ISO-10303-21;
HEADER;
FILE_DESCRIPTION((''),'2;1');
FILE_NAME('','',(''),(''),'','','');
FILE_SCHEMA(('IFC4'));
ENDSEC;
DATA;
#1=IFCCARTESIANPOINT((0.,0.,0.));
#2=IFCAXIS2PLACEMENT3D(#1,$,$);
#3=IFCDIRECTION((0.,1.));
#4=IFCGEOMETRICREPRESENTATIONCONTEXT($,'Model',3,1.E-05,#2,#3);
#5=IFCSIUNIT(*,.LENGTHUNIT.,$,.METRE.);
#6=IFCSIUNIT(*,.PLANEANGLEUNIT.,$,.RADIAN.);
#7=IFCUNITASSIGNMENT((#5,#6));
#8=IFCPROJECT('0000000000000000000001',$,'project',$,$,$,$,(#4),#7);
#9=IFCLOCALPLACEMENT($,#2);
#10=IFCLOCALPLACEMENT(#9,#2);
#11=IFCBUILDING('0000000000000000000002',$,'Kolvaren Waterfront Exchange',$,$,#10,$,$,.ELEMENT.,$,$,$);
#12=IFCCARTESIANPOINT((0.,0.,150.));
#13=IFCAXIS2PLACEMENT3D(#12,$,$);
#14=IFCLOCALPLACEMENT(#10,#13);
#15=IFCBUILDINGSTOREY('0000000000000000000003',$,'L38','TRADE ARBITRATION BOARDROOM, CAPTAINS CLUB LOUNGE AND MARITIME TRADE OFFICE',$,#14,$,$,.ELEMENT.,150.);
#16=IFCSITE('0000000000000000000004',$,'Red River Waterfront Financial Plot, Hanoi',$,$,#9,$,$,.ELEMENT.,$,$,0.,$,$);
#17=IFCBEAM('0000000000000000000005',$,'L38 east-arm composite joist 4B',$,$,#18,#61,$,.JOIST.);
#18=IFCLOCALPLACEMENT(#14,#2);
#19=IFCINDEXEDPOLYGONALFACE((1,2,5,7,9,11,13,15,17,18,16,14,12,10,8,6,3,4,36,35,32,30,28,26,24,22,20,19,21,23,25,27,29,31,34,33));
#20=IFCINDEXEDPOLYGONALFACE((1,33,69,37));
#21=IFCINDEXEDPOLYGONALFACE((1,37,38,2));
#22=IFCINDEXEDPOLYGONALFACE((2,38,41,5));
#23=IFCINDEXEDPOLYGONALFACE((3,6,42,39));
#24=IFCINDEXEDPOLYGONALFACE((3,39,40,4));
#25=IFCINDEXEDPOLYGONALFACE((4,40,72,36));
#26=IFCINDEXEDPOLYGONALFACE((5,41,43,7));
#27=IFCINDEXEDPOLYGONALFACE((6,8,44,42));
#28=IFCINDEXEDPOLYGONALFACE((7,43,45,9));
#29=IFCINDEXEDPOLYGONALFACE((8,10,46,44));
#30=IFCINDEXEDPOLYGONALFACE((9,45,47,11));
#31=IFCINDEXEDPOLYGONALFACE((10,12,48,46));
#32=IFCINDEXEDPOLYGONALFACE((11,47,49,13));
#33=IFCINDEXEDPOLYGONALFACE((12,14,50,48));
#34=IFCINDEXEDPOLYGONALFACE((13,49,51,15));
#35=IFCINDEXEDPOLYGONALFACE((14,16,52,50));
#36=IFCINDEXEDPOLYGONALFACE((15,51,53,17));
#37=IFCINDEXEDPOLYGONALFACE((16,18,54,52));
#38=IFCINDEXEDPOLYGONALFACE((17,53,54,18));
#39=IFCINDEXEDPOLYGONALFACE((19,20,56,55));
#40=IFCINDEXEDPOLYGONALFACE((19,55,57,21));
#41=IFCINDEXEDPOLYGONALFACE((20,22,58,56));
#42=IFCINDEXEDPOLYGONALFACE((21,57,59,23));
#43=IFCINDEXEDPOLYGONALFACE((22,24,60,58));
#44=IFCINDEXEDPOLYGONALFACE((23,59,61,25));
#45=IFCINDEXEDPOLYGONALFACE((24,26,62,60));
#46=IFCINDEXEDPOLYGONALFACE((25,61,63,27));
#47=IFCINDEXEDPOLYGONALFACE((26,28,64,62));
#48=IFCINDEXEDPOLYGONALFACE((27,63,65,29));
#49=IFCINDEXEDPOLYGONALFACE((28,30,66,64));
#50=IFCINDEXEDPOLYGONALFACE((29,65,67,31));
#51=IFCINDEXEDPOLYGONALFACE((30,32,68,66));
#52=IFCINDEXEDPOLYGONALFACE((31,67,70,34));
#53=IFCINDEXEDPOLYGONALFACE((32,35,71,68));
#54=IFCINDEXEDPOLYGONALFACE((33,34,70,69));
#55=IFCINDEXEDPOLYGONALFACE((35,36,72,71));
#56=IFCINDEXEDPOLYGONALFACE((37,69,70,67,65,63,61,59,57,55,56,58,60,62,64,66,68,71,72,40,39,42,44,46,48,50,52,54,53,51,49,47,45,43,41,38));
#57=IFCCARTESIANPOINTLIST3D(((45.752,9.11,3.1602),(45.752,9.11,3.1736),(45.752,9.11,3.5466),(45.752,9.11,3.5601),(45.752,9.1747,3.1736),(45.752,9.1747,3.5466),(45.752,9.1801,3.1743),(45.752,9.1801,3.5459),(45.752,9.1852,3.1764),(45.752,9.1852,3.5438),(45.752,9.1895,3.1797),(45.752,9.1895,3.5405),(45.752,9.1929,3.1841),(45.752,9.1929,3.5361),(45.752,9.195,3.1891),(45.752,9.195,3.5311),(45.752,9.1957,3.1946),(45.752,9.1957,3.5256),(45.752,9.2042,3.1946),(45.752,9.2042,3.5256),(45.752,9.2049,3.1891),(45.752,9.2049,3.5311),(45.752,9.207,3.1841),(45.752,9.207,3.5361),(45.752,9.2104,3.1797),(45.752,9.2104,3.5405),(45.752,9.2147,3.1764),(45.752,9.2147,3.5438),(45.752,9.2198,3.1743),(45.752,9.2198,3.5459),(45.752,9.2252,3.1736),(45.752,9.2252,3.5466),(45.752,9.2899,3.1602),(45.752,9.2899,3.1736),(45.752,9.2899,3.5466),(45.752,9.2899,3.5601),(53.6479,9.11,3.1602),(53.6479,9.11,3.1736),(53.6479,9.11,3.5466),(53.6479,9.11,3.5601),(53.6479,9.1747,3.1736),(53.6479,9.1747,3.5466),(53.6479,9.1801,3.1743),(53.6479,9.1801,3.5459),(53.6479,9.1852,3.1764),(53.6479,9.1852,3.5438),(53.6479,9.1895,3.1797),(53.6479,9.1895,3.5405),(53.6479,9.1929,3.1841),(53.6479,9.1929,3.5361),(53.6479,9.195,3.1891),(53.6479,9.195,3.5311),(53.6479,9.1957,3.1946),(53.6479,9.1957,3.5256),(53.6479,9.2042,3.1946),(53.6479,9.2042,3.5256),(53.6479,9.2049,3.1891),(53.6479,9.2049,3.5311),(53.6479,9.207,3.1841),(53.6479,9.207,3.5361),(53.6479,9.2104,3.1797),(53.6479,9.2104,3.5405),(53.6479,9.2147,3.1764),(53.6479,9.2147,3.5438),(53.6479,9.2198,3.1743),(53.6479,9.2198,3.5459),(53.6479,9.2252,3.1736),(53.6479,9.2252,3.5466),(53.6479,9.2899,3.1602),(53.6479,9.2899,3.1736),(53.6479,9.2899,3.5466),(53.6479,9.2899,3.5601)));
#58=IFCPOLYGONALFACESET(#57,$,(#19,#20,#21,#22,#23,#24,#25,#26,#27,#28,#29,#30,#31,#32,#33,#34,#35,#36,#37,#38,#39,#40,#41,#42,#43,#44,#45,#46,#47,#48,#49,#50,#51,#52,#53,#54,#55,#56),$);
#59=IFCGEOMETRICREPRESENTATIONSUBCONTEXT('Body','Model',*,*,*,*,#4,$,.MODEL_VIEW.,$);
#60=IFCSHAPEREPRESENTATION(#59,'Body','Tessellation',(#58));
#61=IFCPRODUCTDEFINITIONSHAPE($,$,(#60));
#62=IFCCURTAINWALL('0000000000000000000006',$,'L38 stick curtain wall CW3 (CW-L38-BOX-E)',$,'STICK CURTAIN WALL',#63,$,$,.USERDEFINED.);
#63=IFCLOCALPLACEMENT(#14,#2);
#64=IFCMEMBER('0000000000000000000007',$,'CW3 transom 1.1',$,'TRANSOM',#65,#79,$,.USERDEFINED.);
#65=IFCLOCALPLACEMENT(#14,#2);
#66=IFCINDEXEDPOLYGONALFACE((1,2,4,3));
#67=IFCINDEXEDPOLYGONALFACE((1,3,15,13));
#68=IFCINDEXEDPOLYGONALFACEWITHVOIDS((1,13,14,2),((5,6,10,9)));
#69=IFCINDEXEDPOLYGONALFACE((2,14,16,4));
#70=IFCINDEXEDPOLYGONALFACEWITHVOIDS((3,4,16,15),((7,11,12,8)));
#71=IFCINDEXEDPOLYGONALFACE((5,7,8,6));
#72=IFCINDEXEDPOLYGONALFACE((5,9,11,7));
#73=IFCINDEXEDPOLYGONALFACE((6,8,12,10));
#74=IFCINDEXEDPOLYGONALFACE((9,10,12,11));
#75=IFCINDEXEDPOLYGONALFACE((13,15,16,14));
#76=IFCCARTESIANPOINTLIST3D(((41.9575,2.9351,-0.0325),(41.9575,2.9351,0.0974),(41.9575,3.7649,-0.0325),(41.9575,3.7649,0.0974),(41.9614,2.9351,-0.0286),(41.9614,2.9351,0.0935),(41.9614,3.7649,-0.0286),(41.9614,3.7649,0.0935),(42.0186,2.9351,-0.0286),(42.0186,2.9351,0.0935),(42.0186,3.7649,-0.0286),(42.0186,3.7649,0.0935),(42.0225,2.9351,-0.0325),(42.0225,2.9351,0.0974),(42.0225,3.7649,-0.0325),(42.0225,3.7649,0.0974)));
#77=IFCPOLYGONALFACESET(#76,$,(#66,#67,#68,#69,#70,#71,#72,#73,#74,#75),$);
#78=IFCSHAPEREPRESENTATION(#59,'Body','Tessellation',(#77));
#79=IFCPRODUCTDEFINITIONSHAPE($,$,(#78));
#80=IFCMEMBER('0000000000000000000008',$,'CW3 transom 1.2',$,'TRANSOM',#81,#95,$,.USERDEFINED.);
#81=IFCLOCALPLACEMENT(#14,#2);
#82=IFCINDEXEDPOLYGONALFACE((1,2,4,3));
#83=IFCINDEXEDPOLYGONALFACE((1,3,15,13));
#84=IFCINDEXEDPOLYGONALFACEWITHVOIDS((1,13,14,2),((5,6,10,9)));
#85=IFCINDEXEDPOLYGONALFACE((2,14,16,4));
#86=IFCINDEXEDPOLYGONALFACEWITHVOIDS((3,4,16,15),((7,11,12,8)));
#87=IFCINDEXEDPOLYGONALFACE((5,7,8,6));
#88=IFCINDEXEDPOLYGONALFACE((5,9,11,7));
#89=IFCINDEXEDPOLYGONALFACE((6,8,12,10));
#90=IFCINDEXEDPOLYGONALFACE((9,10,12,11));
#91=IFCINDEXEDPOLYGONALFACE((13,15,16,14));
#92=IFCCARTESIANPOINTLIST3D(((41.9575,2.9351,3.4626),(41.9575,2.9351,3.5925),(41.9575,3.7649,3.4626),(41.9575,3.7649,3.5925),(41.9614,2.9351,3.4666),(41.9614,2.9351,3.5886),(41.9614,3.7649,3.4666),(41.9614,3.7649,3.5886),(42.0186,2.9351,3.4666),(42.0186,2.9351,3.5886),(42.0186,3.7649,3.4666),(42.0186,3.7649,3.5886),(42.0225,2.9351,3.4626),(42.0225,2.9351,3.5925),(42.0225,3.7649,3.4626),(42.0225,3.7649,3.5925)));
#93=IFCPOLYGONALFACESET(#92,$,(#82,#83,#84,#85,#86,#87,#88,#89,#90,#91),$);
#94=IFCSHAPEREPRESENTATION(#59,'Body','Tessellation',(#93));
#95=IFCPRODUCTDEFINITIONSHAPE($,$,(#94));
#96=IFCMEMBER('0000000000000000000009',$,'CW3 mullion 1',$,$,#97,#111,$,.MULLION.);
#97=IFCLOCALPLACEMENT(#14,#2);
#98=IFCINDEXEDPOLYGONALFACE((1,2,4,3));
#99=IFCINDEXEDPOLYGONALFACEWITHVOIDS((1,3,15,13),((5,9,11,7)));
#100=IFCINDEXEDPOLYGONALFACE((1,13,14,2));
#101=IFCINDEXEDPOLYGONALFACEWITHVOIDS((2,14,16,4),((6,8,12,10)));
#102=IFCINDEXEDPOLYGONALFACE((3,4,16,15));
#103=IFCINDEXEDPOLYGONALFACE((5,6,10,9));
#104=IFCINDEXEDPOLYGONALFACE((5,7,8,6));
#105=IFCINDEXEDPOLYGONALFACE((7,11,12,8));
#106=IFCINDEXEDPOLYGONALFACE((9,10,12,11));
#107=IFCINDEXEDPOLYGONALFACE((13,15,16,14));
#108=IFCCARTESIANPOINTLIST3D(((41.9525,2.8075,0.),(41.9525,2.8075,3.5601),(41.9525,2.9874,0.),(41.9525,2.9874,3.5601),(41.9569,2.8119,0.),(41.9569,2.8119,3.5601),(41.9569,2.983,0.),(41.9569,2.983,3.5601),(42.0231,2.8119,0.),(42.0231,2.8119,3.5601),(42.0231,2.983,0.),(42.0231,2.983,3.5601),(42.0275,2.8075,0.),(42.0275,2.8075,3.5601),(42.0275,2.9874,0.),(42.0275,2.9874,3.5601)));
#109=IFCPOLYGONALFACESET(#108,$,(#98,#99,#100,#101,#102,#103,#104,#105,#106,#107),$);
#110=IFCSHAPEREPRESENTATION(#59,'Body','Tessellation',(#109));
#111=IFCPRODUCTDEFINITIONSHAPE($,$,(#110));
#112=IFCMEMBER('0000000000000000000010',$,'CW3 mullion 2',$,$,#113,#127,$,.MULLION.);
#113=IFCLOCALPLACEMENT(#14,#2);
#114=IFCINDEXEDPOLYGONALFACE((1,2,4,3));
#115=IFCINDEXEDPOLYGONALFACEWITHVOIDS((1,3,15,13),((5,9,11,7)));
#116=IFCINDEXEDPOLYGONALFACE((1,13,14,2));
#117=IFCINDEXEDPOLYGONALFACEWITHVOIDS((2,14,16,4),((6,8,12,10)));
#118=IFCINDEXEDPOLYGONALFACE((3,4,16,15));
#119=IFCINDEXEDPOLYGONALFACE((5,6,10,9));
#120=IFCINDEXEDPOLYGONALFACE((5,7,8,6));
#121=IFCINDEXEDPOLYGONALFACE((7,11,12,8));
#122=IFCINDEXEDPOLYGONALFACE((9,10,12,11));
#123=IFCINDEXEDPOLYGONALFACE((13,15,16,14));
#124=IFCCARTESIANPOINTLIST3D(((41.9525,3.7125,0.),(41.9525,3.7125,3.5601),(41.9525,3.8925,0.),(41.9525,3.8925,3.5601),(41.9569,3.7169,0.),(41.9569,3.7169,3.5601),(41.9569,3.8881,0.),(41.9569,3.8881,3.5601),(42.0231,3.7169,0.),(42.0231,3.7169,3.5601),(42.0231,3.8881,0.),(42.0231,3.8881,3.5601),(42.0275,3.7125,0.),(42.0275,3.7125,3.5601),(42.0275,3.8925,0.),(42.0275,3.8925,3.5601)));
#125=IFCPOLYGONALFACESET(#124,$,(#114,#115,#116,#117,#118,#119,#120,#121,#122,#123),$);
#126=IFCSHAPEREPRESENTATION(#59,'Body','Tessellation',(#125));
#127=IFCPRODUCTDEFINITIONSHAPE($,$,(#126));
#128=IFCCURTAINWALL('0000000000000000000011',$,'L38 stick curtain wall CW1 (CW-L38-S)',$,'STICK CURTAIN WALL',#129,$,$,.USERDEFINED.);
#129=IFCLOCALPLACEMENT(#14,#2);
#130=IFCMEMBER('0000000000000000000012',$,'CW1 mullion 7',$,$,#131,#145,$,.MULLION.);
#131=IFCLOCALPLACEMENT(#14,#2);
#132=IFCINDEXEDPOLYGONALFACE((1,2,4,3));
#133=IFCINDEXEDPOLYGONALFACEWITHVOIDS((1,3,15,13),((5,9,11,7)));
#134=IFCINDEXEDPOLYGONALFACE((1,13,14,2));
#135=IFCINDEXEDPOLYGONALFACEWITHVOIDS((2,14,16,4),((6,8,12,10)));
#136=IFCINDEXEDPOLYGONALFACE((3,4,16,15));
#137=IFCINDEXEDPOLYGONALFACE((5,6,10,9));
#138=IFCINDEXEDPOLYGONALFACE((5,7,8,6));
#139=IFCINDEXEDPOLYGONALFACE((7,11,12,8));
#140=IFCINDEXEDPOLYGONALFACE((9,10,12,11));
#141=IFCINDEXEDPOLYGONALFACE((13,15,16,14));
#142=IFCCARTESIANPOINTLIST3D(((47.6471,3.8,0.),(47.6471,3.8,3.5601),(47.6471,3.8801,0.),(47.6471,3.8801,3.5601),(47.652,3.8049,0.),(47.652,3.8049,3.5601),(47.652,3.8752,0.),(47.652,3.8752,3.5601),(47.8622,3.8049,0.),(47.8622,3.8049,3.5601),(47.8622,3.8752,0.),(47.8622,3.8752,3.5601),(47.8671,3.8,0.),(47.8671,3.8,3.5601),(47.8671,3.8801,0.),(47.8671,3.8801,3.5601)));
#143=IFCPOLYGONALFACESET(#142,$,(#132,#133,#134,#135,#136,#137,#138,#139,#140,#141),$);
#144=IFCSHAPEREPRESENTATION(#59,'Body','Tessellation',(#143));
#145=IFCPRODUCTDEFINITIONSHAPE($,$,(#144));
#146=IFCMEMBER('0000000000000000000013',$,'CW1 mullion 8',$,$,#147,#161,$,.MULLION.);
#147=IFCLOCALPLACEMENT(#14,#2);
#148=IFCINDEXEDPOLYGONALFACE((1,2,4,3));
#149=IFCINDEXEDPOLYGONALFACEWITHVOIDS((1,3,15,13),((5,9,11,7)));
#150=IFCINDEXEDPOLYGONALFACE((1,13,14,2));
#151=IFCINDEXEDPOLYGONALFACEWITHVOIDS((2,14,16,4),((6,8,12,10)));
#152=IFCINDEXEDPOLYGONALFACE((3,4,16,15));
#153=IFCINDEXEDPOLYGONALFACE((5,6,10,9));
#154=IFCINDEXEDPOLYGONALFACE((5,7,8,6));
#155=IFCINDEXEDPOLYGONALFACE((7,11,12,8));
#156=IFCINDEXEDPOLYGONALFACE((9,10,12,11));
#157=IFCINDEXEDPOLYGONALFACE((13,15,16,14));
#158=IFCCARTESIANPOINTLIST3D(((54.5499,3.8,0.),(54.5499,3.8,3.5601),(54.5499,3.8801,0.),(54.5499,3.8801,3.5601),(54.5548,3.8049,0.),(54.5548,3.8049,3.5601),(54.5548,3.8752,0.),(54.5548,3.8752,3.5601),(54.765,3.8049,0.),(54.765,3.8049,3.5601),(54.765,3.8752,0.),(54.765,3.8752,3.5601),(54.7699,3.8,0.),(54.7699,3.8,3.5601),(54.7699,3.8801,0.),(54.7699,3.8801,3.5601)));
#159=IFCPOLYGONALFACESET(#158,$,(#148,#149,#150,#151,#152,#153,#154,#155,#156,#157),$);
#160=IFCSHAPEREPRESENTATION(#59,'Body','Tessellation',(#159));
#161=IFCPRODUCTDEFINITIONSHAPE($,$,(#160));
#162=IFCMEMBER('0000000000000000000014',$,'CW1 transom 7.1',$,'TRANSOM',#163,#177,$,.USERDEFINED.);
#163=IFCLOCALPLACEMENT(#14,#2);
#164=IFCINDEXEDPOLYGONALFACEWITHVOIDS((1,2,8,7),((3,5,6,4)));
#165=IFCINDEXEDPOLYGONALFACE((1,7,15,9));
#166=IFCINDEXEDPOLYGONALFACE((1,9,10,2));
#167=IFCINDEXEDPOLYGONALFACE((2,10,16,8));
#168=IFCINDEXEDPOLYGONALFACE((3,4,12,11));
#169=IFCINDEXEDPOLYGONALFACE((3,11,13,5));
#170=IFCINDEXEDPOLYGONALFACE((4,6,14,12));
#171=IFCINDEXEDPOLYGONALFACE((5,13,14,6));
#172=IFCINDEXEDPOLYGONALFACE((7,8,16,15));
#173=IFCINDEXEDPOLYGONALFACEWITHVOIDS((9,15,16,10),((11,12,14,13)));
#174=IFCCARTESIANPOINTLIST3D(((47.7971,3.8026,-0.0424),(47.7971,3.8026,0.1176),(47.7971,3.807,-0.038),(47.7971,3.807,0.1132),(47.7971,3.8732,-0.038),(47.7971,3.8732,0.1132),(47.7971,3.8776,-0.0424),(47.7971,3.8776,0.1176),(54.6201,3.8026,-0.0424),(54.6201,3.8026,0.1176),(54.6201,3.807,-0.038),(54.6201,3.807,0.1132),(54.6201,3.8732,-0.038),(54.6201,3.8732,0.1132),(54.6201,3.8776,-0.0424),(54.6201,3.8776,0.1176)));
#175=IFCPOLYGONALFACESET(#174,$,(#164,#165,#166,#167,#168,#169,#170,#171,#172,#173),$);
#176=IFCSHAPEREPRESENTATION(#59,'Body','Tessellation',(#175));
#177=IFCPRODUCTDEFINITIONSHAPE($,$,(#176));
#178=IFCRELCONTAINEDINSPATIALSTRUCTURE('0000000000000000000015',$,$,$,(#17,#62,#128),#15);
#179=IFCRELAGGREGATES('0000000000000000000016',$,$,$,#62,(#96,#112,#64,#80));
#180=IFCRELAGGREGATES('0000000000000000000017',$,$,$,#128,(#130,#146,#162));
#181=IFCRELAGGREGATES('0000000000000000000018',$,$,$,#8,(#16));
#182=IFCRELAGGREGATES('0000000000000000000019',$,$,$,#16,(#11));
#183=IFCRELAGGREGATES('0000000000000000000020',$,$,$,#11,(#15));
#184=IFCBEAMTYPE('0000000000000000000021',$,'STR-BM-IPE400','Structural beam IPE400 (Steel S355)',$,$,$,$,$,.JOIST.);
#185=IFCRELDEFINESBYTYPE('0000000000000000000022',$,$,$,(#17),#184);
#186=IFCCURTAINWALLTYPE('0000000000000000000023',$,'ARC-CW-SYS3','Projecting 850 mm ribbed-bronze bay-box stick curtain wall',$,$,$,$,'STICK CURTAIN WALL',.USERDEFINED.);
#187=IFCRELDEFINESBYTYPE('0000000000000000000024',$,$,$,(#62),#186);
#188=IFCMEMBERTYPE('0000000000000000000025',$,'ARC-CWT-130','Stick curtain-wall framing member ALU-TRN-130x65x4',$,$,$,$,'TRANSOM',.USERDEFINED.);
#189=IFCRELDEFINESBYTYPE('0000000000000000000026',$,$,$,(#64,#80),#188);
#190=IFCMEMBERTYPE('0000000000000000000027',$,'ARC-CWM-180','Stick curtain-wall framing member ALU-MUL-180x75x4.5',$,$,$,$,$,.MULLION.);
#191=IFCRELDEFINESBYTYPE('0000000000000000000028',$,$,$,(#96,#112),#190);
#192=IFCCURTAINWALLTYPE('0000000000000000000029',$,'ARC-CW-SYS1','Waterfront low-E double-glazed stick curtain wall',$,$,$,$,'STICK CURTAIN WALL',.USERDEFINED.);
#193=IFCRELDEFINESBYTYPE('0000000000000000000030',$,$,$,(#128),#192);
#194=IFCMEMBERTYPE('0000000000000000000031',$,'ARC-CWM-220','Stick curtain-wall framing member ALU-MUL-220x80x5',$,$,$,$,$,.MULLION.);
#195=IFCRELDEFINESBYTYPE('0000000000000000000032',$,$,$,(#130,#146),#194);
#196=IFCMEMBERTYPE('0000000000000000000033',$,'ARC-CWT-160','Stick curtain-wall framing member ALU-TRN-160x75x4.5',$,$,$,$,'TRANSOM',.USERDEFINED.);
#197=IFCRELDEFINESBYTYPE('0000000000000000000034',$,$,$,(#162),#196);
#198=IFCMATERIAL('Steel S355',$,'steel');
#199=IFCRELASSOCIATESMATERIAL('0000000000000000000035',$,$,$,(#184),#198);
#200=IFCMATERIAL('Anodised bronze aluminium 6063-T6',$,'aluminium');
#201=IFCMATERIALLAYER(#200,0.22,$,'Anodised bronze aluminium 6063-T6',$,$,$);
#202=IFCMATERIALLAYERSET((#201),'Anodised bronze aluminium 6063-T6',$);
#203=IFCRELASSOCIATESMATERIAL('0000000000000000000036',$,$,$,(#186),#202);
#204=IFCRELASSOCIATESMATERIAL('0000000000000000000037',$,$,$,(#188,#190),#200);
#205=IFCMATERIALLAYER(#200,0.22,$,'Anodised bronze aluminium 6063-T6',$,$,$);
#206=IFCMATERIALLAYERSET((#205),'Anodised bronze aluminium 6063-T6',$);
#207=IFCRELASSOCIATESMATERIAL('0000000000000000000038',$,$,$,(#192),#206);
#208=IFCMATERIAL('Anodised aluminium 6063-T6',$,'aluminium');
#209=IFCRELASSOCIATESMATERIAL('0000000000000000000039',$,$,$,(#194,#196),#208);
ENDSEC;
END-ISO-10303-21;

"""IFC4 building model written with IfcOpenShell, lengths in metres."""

from ifc_helpers import new_model, si_unit, direction, frame, origin, origin_with_axes, origin_2d, place, context, subcontext, project, spatial, hollow_rectangle, i_section, extrude, source, transform, mapped, material, layer, layer_set, material_profile, profile_set, type_object, element, aggregate, save


model = new_model("IFC4")

# Units and contexts
model_context = context("Model", 3, precision=1e-05, world=origin(), true_north=direction((0.0, 1.0)))
body_context = subcontext(model_context, "Body", "Model", "MODEL_VIEW")
ifc_project = project(units=[si_unit("LENGTHUNIT", "METRE"), si_unit("PLANEANGLEUNIT", "RADIAN")], contexts=[model_context])

# Site, building, storey
site_placement = place(None, origin())
site = spatial("IfcSite", under=ifc_project, at=site_placement, Name="Red River Waterfront Financial Plot, Hanoi", CompositionType="ELEMENT", RefElevation=0.0)
building_placement = place(site_placement, origin())
building = spatial("IfcBuilding", under=site, at=building_placement, Name="Kolvaren Waterfront Exchange", CompositionType="ELEMENT")
storey_placement = place(building_placement, frame((0.0, 0.0, 150.0)))
storey = spatial("IfcBuildingStorey", under=building, at=storey_placement, Name="L38", Description="TRADE ARBITRATION BOARDROOM, CAPTAINS CLUB LOUNGE AND MARITIME TRADE OFFICE", CompositionType="ELEMENT", Elevation=150.0)

# Beam
ifc_material_1 = material(Name="Steel S355", Category="steel")
ifc_material_profile_1 = material_profile(ifc_material_1, i_section(OverallWidth=0.1799, OverallDepth=0.3999, WebThickness=0.0085, FlangeThickness=0.0134, FilletRadius=0.021, at=origin_2d()), Name="IPE400")
ifc_profile_set_1 = profile_set([ifc_material_profile_1], Name="Steel S355")
beam_type_1 = type_object("IfcBeamType", Name="STR-BM-IPE400", Description="Structural beam IPE400 (Steel S355)", PredefinedType="JOIST", material=ifc_profile_set_1)
beam_1_placement = place(storey_placement, frame((45.752, 9.2, 3.3601), z_axis=(1.0, 0.0, 0.0), x_axis=(0.0, 1.0, 0.0)))
element("IfcBeam", 1, at=beam_1_placement, inside=storey, type_object=beam_type_1, Name="L38 east-arm composite joist 4B", PredefinedType="JOIST", context=body_context, shape_type="SweptSolid", body=[
    extrude(i_section(OverallWidth=0.1799, OverallDepth=0.3999, WebThickness=0.0085, FlangeThickness=0.0134, FilletRadius=0.021, at=origin_2d()), origin(), (0.0, 0.0, 1.0), 7.896),
])

# Curtain walls, members
ifc_material_2 = material(Name="Anodised bronze aluminium 6063-T6", Category="aluminium")
ifc_layer_1 = layer(ifc_material_2, 0.22, Name="Anodised bronze aluminium 6063-T6")
ifc_layer_set_1 = layer_set([ifc_layer_1], Name="Anodised bronze aluminium 6063-T6")
curtain_wall_type_1 = type_object("IfcCurtainWallType", Name="ARC-CW-SYS3", Description="Projecting 850 mm ribbed-bronze bay-box stick curtain wall", ElementType="STICK CURTAIN WALL", PredefinedType="USERDEFINED", material=ifc_layer_set_1)
curtain_wall_1_placement = place(storey_placement, origin())
curtain_wall_1 = element("IfcCurtainWall", 2, at=curtain_wall_1_placement, inside=storey, type_object=curtain_wall_type_1, Name="L38 stick curtain wall CW3 (CW-L38-BOX-E)", ObjectType="STICK CURTAIN WALL", PredefinedType="USERDEFINED")
ifc_material_profile_2 = material_profile(ifc_material_2, hollow_rectangle(XDim=0.0649, YDim=0.1299, WallThickness=0.0039, at=origin_2d()), Name="ALU-TRN-130x65x4")
ifc_profile_set_2 = profile_set([ifc_material_profile_2], Name="Anodised bronze aluminium 6063-T6")
member_type_1 = type_object("IfcMemberType", Name="ARC-CWT-130", Description="Stick curtain-wall framing member ALU-TRN-130x65x4", ElementType="TRANSOM", PredefinedType="USERDEFINED", material=ifc_profile_set_2)
shared_shape_1 = source(origin_with_axes(), body_context, "Body", "SweptSolid", [
    extrude(hollow_rectangle(XDim=0.0649, YDim=0.1299, WallThickness=0.0039, at=origin_2d()), origin(), (0.0, 0.0, 1.0), 0.8298),
])
member_1_placement = place(storey_placement, frame((41.99, 2.9351, 0.0325), z_axis=(0.0, 1.0, 0.0), x_axis=(-1.0, 0.0, 0.0)))
member_1 = element("IfcMember", 3, at=member_1_placement, type_object=member_type_1, Name="CW3 transom 1.1", ObjectType="TRANSOM", PredefinedType="USERDEFINED", context=body_context, shape_type="MappedRepresentation", body=[
    mapped(shared_shape_1, transform((0.0, 0.0, 0.0), x_axis=(1.0, 0.0, 0.0), y_axis=(0.0, 1.0, 0.0), z_axis=(0.0, 0.0, 1.0), scale=1.0)),
])
member_2_placement = place(storey_placement, frame((41.99, 2.9351, 3.5276), z_axis=(0.0, 1.0, 0.0), x_axis=(-1.0, 0.0, 0.0)))
member_2 = element("IfcMember", 4, at=member_2_placement, type_object=member_type_1, Name="CW3 transom 1.2", ObjectType="TRANSOM", PredefinedType="USERDEFINED", context=body_context, shape_type="MappedRepresentation", body=[
    mapped(shared_shape_1, transform((0.0, 0.0, 0.0), x_axis=(1.0, 0.0, 0.0), y_axis=(0.0, 1.0, 0.0), z_axis=(0.0, 0.0, 1.0), scale=1.0)),
])
ifc_material_profile_3 = material_profile(ifc_material_2, hollow_rectangle(XDim=0.075, YDim=0.1799, WallThickness=0.0044, at=origin_2d()), Name="ALU-MUL-180x75x4.5")
ifc_profile_set_3 = profile_set([ifc_material_profile_3], Name="Anodised bronze aluminium 6063-T6")
member_type_2 = type_object("IfcMemberType", Name="ARC-CWM-180", Description="Stick curtain-wall framing member ALU-MUL-180x75x4.5", PredefinedType="MULLION", material=ifc_profile_set_3)
shared_shape_2 = source(origin_with_axes(), body_context, "Body", "SweptSolid", [
    extrude(hollow_rectangle(XDim=0.075, YDim=0.1799, WallThickness=0.0044, at=origin_2d()), origin(), (0.0, 0.0, 1.0), 3.5601),
])
member_3_placement = place(storey_placement, frame((41.99, 2.8975, 0.0), z_axis=(0.0, 0.0, 1.0), x_axis=(-1.0, 0.0, 0.0)))
member_3 = element("IfcMember", 5, at=member_3_placement, type_object=member_type_2, Name="CW3 mullion 1", PredefinedType="MULLION", context=body_context, shape_type="MappedRepresentation", body=[
    mapped(shared_shape_2, transform((0.0, 0.0, 0.0), x_axis=(1.0, 0.0, 0.0), y_axis=(0.0, 1.0, 0.0), z_axis=(0.0, 0.0, 1.0), scale=1.0)),
])
member_4_placement = place(storey_placement, frame((41.99, 3.8025, 0.0), z_axis=(0.0, 0.0, 1.0), x_axis=(-1.0, 0.0, 0.0)))
member_4 = element("IfcMember", 6, at=member_4_placement, type_object=member_type_2, Name="CW3 mullion 2", PredefinedType="MULLION", context=body_context, shape_type="MappedRepresentation", body=[
    mapped(shared_shape_2, transform((0.0, 0.0, 0.0), x_axis=(1.0, 0.0, 0.0), y_axis=(0.0, 1.0, 0.0), z_axis=(0.0, 0.0, 1.0), scale=1.0)),
])
ifc_layer_2 = layer(ifc_material_2, 0.22, Name="Anodised bronze aluminium 6063-T6")
ifc_layer_set_2 = layer_set([ifc_layer_2], Name="Anodised bronze aluminium 6063-T6")
curtain_wall_type_2 = type_object("IfcCurtainWallType", Name="ARC-CW-SYS1", Description="Waterfront low-E double-glazed stick curtain wall", ElementType="STICK CURTAIN WALL", PredefinedType="USERDEFINED", material=ifc_layer_set_2)
curtain_wall_2_placement = place(storey_placement, origin())
curtain_wall_2 = element("IfcCurtainWall", 7, at=curtain_wall_2_placement, inside=storey, type_object=curtain_wall_type_2, Name="L38 stick curtain wall CW1 (CW-L38-S)", ObjectType="STICK CURTAIN WALL", PredefinedType="USERDEFINED")
ifc_material_3 = material(Name="Anodised aluminium 6063-T6", Category="aluminium")
ifc_material_profile_4 = material_profile(ifc_material_3, hollow_rectangle(XDim=0.0801, YDim=0.22, WallThickness=0.0049, at=origin_2d()), Name="ALU-MUL-220x80x5")
ifc_profile_set_4 = profile_set([ifc_material_profile_4], Name="Anodised aluminium 6063-T6")
member_type_3 = type_object("IfcMemberType", Name="ARC-CWM-220", Description="Stick curtain-wall framing member ALU-MUL-220x80x5", PredefinedType="MULLION", material=ifc_profile_set_4)
shared_shape_3 = source(origin_with_axes(), body_context, "Body", "SweptSolid", [
    extrude(hollow_rectangle(XDim=0.0801, YDim=0.22, WallThickness=0.0049, at=origin_2d()), origin(), (0.0, 0.0, 1.0), 3.5601),
])
member_5_placement = place(storey_placement, frame((47.7571, 3.8401, 0.0), z_axis=(0.0, 0.0, 1.0), x_axis=(0.0, 1.0, 0.0)))
member_5 = element("IfcMember", 8, at=member_5_placement, type_object=member_type_3, Name="CW1 mullion 7", PredefinedType="MULLION", context=body_context, shape_type="MappedRepresentation", body=[
    mapped(shared_shape_3, transform((0.0, 0.0, 0.0), x_axis=(1.0, 0.0, 0.0), y_axis=(0.0, 1.0, 0.0), z_axis=(0.0, 0.0, 1.0), scale=1.0)),
])
member_6_placement = place(storey_placement, frame((54.6599, 3.8401, 0.0), z_axis=(0.0, 0.0, 1.0), x_axis=(0.0, 1.0, 0.0)))
member_6 = element("IfcMember", 9, at=member_6_placement, type_object=member_type_3, Name="CW1 mullion 8", PredefinedType="MULLION", context=body_context, shape_type="MappedRepresentation", body=[
    mapped(shared_shape_3, transform((0.0, 0.0, 0.0), x_axis=(1.0, 0.0, 0.0), y_axis=(0.0, 1.0, 0.0), z_axis=(0.0, 0.0, 1.0), scale=1.0)),
])
ifc_material_profile_5 = material_profile(ifc_material_3, hollow_rectangle(XDim=0.075, YDim=0.1599, WallThickness=0.0044, at=origin_2d()), Name="ALU-TRN-160x75x4.5")
ifc_profile_set_5 = profile_set([ifc_material_profile_5], Name="Anodised aluminium 6063-T6")
member_type_4 = type_object("IfcMemberType", Name="ARC-CWT-160", Description="Stick curtain-wall framing member ALU-TRN-160x75x4.5", ElementType="TRANSOM", PredefinedType="USERDEFINED", material=ifc_profile_set_5)
shared_shape_4 = source(origin_with_axes(), body_context, "Body", "SweptSolid", [
    extrude(hollow_rectangle(XDim=0.075, YDim=0.1599, WallThickness=0.0044, at=origin_2d()), origin(), (0.0, 0.0, 1.0), 6.823),
])
member_7_placement = place(storey_placement, frame((47.7971, 3.8401, 0.0376), z_axis=(1.0, 0.0, 0.0), x_axis=(0.0, 1.0, 0.0)))
member_7 = element("IfcMember", 10, at=member_7_placement, type_object=member_type_4, Name="CW1 transom 7.1", ObjectType="TRANSOM", PredefinedType="USERDEFINED", context=body_context, shape_type="MappedRepresentation", body=[
    mapped(shared_shape_4, transform((0.0, 0.0, 0.0), x_axis=(1.0, 0.0, 0.0), y_axis=(0.0, 1.0, 0.0), z_axis=(0.0, 0.0, 1.0), scale=1.0)),
])

aggregate(curtain_wall_1, [member_3, member_4, member_1, member_2])
aggregate(curtain_wall_2, [member_5, member_6, member_7])

save(model, "model.ifc")
